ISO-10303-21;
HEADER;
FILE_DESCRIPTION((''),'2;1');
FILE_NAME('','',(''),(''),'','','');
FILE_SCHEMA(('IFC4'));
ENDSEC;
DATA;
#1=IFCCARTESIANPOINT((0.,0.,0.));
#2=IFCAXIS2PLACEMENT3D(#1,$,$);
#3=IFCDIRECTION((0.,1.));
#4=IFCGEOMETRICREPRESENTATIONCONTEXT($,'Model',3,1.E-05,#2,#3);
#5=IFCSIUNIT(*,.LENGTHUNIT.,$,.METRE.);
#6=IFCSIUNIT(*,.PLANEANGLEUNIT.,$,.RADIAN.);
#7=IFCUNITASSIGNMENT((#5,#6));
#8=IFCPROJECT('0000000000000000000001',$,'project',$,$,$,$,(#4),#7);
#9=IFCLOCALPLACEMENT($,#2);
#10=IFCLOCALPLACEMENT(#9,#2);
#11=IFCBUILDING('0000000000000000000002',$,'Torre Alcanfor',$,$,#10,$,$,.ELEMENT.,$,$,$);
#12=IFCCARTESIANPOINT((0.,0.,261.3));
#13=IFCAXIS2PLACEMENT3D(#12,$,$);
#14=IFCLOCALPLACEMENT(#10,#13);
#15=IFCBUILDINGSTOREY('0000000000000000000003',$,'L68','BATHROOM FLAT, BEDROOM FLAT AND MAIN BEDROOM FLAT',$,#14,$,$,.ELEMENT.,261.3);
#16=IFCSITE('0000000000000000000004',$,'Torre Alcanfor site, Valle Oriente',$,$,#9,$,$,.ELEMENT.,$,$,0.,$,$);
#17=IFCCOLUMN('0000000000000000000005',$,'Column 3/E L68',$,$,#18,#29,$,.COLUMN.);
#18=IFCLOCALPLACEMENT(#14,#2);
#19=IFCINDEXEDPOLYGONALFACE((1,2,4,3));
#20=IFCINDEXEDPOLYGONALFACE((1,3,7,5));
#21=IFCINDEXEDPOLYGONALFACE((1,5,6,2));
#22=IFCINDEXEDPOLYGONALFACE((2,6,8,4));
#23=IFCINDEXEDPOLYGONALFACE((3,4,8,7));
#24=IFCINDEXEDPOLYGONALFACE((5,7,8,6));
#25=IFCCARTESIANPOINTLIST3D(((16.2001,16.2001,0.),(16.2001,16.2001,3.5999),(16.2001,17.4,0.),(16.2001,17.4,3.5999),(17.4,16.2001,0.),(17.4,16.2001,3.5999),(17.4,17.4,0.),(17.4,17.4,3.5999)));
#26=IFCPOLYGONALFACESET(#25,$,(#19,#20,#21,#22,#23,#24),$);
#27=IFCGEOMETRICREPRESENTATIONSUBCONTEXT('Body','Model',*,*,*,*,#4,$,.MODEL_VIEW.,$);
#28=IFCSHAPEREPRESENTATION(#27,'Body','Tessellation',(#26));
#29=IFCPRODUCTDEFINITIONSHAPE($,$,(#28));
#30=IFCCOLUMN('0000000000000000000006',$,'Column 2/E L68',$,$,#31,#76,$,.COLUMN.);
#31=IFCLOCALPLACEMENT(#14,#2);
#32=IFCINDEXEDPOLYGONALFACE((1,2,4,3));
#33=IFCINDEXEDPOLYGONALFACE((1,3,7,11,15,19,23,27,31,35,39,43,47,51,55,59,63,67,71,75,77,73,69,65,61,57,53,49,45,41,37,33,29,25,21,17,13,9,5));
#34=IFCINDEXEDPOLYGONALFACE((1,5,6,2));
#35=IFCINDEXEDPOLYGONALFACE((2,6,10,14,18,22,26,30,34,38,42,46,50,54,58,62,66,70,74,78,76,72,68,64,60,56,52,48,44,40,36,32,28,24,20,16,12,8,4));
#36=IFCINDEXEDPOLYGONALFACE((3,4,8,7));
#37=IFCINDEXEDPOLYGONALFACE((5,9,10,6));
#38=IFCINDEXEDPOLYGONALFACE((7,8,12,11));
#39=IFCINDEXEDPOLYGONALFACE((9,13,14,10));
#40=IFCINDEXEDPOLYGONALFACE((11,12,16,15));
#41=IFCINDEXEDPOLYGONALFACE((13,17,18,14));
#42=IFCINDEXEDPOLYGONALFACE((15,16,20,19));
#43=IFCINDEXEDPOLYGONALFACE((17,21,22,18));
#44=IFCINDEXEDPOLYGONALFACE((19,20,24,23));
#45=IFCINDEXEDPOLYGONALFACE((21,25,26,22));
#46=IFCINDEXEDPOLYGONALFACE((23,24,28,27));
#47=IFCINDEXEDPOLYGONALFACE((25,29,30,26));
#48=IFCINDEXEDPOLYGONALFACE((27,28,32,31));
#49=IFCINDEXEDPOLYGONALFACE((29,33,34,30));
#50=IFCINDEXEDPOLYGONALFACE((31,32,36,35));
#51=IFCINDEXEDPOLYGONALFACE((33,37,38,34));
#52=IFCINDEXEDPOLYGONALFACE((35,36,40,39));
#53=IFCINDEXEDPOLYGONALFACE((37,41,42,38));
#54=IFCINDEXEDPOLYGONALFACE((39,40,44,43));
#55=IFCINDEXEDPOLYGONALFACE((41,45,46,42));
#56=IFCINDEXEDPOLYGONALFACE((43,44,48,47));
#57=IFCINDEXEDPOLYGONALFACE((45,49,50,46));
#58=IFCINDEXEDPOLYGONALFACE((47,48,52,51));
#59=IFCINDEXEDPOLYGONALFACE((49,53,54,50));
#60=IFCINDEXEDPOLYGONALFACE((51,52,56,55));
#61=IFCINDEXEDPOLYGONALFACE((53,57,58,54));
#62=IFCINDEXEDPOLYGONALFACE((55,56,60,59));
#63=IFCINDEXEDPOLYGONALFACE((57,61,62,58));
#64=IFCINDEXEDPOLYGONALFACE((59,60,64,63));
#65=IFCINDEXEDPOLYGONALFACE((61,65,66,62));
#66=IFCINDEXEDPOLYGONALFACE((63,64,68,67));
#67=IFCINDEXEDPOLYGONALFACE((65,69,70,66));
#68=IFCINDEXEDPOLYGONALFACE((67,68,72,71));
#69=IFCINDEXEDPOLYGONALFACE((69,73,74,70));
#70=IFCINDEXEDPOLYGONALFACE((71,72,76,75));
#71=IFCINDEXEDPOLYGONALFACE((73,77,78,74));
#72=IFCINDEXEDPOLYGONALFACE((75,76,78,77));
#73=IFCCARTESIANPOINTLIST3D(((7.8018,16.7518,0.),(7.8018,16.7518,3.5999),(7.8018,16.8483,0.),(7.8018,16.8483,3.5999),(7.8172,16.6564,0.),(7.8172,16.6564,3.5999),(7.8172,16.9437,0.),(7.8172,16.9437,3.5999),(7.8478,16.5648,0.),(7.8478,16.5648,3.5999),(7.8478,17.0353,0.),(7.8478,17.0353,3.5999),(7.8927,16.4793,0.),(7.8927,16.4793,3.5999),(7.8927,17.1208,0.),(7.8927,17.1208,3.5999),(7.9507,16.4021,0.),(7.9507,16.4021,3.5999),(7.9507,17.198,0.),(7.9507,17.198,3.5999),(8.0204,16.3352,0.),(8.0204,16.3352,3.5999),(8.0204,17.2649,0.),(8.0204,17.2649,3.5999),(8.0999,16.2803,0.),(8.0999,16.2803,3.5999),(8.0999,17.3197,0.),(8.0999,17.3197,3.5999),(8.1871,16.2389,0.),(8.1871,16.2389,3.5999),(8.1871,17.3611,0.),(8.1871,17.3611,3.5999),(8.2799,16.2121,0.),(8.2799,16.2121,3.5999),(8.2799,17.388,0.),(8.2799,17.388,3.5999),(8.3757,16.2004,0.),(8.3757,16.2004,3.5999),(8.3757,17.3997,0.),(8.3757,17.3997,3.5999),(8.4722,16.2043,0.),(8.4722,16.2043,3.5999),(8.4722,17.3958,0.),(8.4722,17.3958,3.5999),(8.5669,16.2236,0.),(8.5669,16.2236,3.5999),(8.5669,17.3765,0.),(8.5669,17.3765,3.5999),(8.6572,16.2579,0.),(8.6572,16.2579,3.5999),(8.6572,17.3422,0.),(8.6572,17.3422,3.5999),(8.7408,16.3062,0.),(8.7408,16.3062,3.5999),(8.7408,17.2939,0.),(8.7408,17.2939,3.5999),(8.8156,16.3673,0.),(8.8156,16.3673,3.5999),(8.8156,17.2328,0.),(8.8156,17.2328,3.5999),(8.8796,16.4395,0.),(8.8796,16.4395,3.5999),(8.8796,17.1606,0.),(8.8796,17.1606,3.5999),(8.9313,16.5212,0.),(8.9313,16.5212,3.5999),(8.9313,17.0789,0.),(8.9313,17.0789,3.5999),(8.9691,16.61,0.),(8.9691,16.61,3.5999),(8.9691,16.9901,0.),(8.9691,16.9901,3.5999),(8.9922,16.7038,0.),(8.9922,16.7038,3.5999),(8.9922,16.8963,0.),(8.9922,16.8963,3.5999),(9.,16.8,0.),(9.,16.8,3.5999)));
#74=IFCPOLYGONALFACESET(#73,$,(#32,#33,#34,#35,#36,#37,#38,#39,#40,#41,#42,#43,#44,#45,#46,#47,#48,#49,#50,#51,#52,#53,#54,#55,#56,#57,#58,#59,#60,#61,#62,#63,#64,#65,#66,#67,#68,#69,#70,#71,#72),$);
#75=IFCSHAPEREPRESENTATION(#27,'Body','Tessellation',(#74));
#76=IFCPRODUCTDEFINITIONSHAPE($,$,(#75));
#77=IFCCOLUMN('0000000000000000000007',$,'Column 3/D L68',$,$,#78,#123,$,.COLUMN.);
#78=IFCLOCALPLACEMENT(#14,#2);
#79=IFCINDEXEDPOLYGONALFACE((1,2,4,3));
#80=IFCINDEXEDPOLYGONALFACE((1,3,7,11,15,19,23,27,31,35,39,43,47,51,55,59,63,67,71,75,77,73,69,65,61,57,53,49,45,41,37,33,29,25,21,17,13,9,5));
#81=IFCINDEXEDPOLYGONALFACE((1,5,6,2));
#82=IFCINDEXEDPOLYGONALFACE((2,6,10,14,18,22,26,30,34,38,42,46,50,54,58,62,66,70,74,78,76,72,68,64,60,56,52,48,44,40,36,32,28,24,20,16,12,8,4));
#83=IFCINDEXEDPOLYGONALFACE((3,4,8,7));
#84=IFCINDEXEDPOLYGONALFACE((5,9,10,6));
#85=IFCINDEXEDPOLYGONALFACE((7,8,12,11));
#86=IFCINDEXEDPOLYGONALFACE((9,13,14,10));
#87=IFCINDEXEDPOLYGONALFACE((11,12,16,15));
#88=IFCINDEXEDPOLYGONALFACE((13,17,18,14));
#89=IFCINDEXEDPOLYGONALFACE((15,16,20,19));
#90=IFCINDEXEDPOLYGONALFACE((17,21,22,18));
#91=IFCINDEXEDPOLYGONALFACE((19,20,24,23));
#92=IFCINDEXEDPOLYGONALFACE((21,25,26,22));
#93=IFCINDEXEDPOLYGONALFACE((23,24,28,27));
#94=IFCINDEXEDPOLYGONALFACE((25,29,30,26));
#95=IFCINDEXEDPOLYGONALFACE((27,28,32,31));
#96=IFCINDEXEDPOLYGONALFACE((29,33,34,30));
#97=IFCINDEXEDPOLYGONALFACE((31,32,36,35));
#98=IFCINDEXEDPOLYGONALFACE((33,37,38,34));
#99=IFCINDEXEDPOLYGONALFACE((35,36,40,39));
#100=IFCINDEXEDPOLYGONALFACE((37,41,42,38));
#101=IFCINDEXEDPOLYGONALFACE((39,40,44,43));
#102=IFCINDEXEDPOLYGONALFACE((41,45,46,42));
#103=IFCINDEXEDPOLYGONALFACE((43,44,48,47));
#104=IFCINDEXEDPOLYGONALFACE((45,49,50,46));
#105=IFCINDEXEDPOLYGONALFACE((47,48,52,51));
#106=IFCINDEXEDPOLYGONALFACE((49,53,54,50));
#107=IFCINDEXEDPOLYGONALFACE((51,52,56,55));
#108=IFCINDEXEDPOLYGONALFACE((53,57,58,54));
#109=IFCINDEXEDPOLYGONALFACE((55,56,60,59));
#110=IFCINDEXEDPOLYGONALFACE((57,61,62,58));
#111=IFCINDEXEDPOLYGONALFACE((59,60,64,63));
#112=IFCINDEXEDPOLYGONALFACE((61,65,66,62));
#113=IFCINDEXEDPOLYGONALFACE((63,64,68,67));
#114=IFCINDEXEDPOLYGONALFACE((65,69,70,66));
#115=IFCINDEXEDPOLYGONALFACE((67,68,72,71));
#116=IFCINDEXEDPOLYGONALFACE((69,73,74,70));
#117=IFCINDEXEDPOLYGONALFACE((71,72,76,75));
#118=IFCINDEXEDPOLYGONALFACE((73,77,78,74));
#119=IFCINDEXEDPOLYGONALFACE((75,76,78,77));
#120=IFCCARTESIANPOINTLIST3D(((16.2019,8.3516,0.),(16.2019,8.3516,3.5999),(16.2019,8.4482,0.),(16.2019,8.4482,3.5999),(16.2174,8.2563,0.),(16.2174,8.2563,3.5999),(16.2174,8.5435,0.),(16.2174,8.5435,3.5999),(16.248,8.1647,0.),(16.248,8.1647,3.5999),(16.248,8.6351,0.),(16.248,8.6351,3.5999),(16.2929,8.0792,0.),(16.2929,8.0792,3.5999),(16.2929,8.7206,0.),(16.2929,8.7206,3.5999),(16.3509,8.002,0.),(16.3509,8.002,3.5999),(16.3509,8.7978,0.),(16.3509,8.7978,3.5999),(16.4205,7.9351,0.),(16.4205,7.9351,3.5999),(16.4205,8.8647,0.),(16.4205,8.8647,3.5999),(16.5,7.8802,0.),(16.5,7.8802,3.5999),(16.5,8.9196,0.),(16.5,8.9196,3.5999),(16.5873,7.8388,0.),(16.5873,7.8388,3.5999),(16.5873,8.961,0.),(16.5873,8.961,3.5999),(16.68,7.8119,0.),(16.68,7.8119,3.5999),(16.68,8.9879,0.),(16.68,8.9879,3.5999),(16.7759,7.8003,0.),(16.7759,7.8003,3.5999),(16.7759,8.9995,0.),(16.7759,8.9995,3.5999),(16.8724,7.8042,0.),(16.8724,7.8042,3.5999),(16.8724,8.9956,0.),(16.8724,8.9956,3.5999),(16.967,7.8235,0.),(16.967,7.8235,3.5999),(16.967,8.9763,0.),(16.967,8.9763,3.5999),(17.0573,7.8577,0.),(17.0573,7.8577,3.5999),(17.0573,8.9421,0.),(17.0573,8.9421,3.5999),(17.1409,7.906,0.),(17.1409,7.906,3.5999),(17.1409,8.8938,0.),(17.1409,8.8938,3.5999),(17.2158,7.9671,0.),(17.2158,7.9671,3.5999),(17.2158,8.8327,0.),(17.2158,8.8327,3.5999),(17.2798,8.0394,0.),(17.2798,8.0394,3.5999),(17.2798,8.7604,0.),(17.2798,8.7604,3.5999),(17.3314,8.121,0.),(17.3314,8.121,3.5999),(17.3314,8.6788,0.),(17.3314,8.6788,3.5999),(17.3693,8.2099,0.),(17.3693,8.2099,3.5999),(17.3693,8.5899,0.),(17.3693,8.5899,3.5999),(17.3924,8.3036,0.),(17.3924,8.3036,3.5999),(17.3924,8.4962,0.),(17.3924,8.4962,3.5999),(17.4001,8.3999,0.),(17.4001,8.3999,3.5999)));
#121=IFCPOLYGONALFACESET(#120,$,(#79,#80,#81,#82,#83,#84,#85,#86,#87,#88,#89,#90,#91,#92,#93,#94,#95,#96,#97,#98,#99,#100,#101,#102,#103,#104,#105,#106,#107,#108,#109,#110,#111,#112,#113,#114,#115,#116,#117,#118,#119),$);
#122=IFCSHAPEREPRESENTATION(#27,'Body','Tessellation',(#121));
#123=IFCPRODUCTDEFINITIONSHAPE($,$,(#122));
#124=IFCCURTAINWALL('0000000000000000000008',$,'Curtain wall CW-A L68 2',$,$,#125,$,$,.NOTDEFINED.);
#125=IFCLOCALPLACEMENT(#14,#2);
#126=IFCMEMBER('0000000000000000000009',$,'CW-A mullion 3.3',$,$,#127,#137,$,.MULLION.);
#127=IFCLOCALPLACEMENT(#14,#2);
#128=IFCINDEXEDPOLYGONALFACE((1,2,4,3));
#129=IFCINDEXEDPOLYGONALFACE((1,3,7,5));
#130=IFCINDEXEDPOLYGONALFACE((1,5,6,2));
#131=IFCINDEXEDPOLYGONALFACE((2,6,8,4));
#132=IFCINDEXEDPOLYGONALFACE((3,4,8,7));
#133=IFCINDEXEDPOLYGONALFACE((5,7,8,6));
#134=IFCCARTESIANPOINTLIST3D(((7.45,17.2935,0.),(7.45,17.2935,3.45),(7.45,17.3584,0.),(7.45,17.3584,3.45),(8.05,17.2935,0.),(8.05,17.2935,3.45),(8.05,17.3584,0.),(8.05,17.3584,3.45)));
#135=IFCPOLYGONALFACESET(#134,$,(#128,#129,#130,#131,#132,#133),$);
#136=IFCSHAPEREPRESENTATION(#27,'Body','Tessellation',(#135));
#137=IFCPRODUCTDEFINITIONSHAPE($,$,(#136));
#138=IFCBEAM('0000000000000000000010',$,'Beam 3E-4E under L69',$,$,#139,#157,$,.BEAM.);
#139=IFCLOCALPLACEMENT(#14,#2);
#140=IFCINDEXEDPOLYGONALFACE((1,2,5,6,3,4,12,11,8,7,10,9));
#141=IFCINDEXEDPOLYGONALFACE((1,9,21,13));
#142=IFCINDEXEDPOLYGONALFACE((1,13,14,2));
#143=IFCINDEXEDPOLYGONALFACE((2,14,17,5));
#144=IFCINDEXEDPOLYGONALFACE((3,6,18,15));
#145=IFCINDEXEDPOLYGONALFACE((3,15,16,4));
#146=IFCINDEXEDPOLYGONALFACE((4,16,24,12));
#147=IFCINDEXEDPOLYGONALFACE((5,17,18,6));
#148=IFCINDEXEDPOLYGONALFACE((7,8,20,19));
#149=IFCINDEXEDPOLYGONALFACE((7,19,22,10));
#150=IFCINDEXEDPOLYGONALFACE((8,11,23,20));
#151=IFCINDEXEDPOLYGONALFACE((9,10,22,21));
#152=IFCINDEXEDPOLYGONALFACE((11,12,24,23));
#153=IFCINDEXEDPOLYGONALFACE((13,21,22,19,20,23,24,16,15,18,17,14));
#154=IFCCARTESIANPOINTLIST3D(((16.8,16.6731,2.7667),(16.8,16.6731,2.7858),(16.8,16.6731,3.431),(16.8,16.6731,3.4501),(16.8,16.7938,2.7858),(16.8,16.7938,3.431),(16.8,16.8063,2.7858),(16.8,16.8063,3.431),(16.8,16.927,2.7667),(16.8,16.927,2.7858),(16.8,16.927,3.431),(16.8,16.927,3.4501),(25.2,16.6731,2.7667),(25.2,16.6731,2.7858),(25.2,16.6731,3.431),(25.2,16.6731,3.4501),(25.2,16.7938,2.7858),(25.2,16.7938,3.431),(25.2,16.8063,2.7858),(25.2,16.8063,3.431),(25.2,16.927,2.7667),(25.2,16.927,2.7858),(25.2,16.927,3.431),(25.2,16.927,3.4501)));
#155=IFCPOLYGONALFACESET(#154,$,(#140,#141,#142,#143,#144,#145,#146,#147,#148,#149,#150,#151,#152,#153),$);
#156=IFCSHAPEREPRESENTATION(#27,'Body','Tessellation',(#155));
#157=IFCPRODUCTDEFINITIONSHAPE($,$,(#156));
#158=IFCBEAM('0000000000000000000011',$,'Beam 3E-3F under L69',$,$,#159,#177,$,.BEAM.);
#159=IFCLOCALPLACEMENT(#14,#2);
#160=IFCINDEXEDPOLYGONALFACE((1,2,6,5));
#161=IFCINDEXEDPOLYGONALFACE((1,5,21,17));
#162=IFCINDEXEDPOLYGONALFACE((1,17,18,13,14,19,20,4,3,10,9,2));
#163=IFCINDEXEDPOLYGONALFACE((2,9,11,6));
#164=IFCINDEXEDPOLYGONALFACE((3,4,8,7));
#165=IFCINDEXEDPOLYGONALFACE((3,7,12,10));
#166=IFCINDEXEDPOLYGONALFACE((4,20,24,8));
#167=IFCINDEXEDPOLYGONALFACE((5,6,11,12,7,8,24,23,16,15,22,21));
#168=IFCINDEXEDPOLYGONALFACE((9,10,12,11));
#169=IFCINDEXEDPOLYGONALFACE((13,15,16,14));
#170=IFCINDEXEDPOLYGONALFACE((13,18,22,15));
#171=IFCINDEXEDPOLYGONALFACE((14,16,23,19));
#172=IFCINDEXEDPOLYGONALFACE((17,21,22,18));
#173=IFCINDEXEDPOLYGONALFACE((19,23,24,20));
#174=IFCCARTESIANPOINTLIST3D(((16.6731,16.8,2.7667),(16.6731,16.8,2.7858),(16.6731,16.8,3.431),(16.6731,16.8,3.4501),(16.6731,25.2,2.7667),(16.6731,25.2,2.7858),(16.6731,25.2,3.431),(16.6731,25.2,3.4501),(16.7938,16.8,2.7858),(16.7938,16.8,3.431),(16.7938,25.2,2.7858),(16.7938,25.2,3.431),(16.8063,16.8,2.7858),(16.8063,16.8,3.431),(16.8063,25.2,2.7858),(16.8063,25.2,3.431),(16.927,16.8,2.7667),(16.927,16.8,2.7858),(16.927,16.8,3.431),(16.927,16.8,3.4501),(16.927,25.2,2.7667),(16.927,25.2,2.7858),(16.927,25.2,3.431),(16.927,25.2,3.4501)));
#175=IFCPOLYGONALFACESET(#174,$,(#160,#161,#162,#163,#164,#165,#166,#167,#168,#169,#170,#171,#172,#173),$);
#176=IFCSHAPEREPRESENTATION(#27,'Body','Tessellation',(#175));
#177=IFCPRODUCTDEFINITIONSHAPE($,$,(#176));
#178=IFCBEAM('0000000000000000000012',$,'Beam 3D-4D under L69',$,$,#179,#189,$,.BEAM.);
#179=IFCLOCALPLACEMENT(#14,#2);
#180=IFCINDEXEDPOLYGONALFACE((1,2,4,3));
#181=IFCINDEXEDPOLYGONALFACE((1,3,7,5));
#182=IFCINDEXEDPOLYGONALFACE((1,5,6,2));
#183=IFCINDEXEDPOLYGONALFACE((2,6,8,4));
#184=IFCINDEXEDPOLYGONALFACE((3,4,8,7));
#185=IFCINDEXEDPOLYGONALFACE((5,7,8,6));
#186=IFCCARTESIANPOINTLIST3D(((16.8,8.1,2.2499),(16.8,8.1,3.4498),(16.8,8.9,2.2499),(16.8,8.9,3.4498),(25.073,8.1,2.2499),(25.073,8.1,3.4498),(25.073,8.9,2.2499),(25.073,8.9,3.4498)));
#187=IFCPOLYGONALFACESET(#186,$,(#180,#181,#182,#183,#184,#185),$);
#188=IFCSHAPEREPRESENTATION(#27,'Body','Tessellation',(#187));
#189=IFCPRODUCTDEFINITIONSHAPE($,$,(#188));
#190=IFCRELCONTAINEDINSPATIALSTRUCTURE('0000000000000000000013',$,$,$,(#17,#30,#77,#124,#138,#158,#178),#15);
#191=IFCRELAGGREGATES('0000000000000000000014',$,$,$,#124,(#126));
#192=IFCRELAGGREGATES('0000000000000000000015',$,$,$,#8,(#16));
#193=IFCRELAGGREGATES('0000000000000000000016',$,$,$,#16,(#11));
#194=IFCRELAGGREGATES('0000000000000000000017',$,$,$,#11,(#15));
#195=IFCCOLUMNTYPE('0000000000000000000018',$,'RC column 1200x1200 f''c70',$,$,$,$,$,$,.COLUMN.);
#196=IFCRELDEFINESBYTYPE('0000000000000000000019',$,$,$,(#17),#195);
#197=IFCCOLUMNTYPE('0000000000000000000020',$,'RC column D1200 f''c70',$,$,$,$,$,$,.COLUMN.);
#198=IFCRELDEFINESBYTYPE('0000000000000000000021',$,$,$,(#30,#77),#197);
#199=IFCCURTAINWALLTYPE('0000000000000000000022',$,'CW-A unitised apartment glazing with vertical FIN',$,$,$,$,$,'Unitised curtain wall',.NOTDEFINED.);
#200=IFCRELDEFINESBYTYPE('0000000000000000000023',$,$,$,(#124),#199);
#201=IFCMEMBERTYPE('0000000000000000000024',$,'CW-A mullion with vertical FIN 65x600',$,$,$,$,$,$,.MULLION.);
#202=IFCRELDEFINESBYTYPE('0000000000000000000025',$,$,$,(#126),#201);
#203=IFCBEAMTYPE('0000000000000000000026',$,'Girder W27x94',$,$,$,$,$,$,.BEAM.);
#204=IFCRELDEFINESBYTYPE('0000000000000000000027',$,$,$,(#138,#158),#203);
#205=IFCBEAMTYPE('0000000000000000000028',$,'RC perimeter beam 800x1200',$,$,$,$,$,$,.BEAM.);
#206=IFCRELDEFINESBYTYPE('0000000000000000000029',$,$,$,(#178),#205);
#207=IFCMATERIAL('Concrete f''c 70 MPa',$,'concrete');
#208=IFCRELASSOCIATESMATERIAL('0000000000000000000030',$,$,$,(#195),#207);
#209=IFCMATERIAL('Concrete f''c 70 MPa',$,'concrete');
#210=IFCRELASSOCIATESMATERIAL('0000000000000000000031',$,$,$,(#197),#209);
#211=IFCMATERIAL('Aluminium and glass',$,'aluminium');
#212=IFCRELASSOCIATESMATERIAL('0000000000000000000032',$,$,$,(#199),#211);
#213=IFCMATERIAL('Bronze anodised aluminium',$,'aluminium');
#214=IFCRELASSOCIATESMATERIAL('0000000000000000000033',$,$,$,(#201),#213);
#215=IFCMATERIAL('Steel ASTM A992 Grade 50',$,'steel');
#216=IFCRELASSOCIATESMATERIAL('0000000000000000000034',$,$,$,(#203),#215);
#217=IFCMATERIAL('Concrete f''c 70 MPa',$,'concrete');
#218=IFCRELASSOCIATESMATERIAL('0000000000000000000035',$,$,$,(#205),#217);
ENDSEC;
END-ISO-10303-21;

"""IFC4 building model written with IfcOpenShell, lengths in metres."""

from ifc_helpers import new_model, si_unit, direction, frame, origin, origin_2d, place, context, subcontext, project, spatial, rectangle, circle, i_section, extrude, material, material_profile, profile_set, type_object, element, aggregate, save


model = new_model("IFC4")

# Units and contexts
model_context = context("Model", 3, precision=1e-05, world=origin(), true_north=direction((0.0, 1.0)))
body_context = subcontext(model_context, "Body", "Model", "MODEL_VIEW")
ifc_project = project(units=[si_unit("LENGTHUNIT", "METRE"), si_unit("PLANEANGLEUNIT", "RADIAN")], contexts=[model_context])

# Site, building, storey
site_placement = place(None, origin())
site = spatial("IfcSite", under=ifc_project, at=site_placement, Name="Torre Alcanfor site, Valle Oriente", CompositionType="ELEMENT", RefElevation=0.0)
building_placement = place(site_placement, origin())
building = spatial("IfcBuilding", under=site, at=building_placement, Name="Torre Alcanfor", CompositionType="ELEMENT")
storey_placement = place(building_placement, frame((0.0, 0.0, 261.3)))
storey = spatial("IfcBuildingStorey", under=building, at=storey_placement, Name="L68", Description="BATHROOM FLAT, BEDROOM FLAT AND MAIN BEDROOM FLAT", CompositionType="ELEMENT", Elevation=261.3)

# Columns
ifc_material_1 = material(Name="Concrete f'c 70 MPa", Category="concrete")
ifc_material_profile_1 = material_profile(ifc_material_1, rectangle(XDim=1.2, YDim=1.2, at=origin_2d()), Name="1200x1200")
ifc_profile_set_1 = profile_set([ifc_material_profile_1], Name="Concrete f'c 70 MPa")
column_type_1 = type_object("IfcColumnType", Name="RC column 1200x1200 f'c70", PredefinedType="COLUMN", material=ifc_profile_set_1)
column_placement = place(storey_placement, frame((16.8, 16.8, 0.0), z_axis=(0.0, 0.0, 1.0), x_axis=(1.0, 0.0, 0.0)))
element("IfcColumn", 1, at=column_placement, inside=storey, type_object=column_type_1, Name="Column 3/E L68", PredefinedType="COLUMN", context=body_context, shape_type="SweptSolid", body=[
    extrude(rectangle(XDim=1.2, YDim=1.2, at=origin_2d()), origin(), (0.0, 0.0, 1.0), 3.5999),
])
ifc_material_2 = material(Name="Concrete f'c 70 MPa", Category="concrete")
ifc_material_profile_2 = material_profile(ifc_material_2, circle(Radius=0.6001, at=origin_2d()), Name="D1200")
ifc_profile_set_2 = profile_set([ifc_material_profile_2], Name="Concrete f'c 70 MPa")
column_type_2 = type_object("IfcColumnType", Name="RC column D1200 f'c70", PredefinedType="COLUMN", material=ifc_profile_set_2)
for number, where, z_axis, x_axis, name in (
    (2, (8.3999, 16.8, 0.0), (0.0, 0.0, 1.0), (1.0, 0.0, 0.0), "Column 2/E L68"),
    (3, (16.8, 8.3999, 0.0), (0.0, 0.0, 1.0), (1.0, 0.0, 0.0), "Column 3/D L68"),
):
    element("IfcColumn", number, at=place(storey_placement, frame(where, z_axis=z_axis, x_axis=x_axis)), inside=storey, type_object=column_type_2, Name=name, PredefinedType="COLUMN", context=body_context, shape_type="SweptSolid", body=[
        extrude(circle(Radius=0.6001, at=origin_2d()), origin(), (0.0, 0.0, 1.0), 3.5999),
    ])

# Curtain wall, member
ifc_material_3 = material(Name="Aluminium and glass", Category="aluminium")
curtain_wall_type = type_object("IfcCurtainWallType", Name="CW-A unitised apartment glazing with vertical FIN", ElementType="Unitised curtain wall", PredefinedType="NOTDEFINED", material=ifc_material_3)
curtain_wall_placement = place(storey_placement, origin())
curtain_wall = element("IfcCurtainWall", 4, at=curtain_wall_placement, inside=storey, type_object=curtain_wall_type, Name="Curtain wall CW-A L68 2", PredefinedType="NOTDEFINED")
ifc_material_4 = material(Name="Bronze anodised aluminium", Category="aluminium")
ifc_material_profile_3 = material_profile(ifc_material_4, rectangle(XDim=0.6001, YDim=0.0649, at=origin_2d()), Name="CW-A mullion 65x600")
ifc_profile_set_3 = profile_set([ifc_material_profile_3], Name="Bronze anodised aluminium")
member_type = type_object("IfcMemberType", Name="CW-A mullion with vertical FIN 65x600", PredefinedType="MULLION", material=ifc_profile_set_3)
member_placement = place(storey_placement, frame((7.75, 17.3259, 0.0), z_axis=(0.0, 0.0, 1.0), x_axis=(1.0, 0.0, 0.0)))
member = element("IfcMember", 5, at=member_placement, type_object=member_type, Name="CW-A mullion 3.3", PredefinedType="MULLION", context=body_context, shape_type="SweptSolid", body=[
    extrude(rectangle(XDim=0.6001, YDim=0.0649, at=origin_2d()), origin(), (0.0, 0.0, 1.0), 3.45),
])
aggregate(curtain_wall, [member])

# Beams
ifc_material_5 = material(Name="Steel ASTM A992 Grade 50", Category="steel")
ifc_material_profile_4 = material_profile(ifc_material_5, i_section(OverallWidth=0.2539, OverallDepth=0.6833, WebThickness=0.0125, FlangeThickness=0.019, at=origin_2d()), Name="W27x94")
ifc_profile_set_4 = profile_set([ifc_material_profile_4], Name="Steel ASTM A992 Grade 50")
beam_type_1 = type_object("IfcBeamType", Name="Girder W27x94", PredefinedType="BEAM", material=ifc_profile_set_4)
for number, where, z_axis, x_axis, name in (
    (6, (16.8, 16.8, 3.1084), (1.0, 0.0, 0.0), (0.0, 1.0, 0.0), "Beam 3E-4E under L69"),
    (7, (16.8, 16.8, 3.1084), (0.0, 1.0, 0.0), (-1.0, 0.0, 0.0), "Beam 3E-3F under L69"),
):
    element("IfcBeam", number, at=place(storey_placement, frame(where, z_axis=z_axis, x_axis=x_axis)), inside=storey, type_object=beam_type_1, Name=name, PredefinedType="BEAM", context=body_context, shape_type="SweptSolid", body=[
        extrude(i_section(OverallWidth=0.2539, OverallDepth=0.6833, WebThickness=0.0125, FlangeThickness=0.019, at=origin_2d()), origin(), (0.0, 0.0, 1.0), 8.3999),
    ])
ifc_material_6 = material(Name="Concrete f'c 70 MPa", Category="concrete")
ifc_material_profile_5 = material_profile(ifc_material_6, rectangle(XDim=0.8, YDim=1.2, at=origin_2d()), Name="800x1200")
ifc_profile_set_5 = profile_set([ifc_material_profile_5], Name="Concrete f'c 70 MPa")
beam_type_2 = type_object("IfcBeamType", Name="RC perimeter beam 800x1200", PredefinedType="BEAM", material=ifc_profile_set_5)
beam_1_placement = place(storey_placement, frame((16.8, 8.5, 2.8499), z_axis=(1.0, 0.0, 0.0), x_axis=(0.0, 1.0, 0.0)))
element("IfcBeam", 8, at=beam_1_placement, inside=storey, type_object=beam_type_2, Name="Beam 3D-4D under L69", PredefinedType="BEAM", context=body_context, shape_type="SweptSolid", body=[
    extrude(rectangle(XDim=0.8, YDim=1.2, at=origin_2d()), origin(), (0.0, 0.0, 1.0), 8.2729),
])

save(model, "model.ifc")
